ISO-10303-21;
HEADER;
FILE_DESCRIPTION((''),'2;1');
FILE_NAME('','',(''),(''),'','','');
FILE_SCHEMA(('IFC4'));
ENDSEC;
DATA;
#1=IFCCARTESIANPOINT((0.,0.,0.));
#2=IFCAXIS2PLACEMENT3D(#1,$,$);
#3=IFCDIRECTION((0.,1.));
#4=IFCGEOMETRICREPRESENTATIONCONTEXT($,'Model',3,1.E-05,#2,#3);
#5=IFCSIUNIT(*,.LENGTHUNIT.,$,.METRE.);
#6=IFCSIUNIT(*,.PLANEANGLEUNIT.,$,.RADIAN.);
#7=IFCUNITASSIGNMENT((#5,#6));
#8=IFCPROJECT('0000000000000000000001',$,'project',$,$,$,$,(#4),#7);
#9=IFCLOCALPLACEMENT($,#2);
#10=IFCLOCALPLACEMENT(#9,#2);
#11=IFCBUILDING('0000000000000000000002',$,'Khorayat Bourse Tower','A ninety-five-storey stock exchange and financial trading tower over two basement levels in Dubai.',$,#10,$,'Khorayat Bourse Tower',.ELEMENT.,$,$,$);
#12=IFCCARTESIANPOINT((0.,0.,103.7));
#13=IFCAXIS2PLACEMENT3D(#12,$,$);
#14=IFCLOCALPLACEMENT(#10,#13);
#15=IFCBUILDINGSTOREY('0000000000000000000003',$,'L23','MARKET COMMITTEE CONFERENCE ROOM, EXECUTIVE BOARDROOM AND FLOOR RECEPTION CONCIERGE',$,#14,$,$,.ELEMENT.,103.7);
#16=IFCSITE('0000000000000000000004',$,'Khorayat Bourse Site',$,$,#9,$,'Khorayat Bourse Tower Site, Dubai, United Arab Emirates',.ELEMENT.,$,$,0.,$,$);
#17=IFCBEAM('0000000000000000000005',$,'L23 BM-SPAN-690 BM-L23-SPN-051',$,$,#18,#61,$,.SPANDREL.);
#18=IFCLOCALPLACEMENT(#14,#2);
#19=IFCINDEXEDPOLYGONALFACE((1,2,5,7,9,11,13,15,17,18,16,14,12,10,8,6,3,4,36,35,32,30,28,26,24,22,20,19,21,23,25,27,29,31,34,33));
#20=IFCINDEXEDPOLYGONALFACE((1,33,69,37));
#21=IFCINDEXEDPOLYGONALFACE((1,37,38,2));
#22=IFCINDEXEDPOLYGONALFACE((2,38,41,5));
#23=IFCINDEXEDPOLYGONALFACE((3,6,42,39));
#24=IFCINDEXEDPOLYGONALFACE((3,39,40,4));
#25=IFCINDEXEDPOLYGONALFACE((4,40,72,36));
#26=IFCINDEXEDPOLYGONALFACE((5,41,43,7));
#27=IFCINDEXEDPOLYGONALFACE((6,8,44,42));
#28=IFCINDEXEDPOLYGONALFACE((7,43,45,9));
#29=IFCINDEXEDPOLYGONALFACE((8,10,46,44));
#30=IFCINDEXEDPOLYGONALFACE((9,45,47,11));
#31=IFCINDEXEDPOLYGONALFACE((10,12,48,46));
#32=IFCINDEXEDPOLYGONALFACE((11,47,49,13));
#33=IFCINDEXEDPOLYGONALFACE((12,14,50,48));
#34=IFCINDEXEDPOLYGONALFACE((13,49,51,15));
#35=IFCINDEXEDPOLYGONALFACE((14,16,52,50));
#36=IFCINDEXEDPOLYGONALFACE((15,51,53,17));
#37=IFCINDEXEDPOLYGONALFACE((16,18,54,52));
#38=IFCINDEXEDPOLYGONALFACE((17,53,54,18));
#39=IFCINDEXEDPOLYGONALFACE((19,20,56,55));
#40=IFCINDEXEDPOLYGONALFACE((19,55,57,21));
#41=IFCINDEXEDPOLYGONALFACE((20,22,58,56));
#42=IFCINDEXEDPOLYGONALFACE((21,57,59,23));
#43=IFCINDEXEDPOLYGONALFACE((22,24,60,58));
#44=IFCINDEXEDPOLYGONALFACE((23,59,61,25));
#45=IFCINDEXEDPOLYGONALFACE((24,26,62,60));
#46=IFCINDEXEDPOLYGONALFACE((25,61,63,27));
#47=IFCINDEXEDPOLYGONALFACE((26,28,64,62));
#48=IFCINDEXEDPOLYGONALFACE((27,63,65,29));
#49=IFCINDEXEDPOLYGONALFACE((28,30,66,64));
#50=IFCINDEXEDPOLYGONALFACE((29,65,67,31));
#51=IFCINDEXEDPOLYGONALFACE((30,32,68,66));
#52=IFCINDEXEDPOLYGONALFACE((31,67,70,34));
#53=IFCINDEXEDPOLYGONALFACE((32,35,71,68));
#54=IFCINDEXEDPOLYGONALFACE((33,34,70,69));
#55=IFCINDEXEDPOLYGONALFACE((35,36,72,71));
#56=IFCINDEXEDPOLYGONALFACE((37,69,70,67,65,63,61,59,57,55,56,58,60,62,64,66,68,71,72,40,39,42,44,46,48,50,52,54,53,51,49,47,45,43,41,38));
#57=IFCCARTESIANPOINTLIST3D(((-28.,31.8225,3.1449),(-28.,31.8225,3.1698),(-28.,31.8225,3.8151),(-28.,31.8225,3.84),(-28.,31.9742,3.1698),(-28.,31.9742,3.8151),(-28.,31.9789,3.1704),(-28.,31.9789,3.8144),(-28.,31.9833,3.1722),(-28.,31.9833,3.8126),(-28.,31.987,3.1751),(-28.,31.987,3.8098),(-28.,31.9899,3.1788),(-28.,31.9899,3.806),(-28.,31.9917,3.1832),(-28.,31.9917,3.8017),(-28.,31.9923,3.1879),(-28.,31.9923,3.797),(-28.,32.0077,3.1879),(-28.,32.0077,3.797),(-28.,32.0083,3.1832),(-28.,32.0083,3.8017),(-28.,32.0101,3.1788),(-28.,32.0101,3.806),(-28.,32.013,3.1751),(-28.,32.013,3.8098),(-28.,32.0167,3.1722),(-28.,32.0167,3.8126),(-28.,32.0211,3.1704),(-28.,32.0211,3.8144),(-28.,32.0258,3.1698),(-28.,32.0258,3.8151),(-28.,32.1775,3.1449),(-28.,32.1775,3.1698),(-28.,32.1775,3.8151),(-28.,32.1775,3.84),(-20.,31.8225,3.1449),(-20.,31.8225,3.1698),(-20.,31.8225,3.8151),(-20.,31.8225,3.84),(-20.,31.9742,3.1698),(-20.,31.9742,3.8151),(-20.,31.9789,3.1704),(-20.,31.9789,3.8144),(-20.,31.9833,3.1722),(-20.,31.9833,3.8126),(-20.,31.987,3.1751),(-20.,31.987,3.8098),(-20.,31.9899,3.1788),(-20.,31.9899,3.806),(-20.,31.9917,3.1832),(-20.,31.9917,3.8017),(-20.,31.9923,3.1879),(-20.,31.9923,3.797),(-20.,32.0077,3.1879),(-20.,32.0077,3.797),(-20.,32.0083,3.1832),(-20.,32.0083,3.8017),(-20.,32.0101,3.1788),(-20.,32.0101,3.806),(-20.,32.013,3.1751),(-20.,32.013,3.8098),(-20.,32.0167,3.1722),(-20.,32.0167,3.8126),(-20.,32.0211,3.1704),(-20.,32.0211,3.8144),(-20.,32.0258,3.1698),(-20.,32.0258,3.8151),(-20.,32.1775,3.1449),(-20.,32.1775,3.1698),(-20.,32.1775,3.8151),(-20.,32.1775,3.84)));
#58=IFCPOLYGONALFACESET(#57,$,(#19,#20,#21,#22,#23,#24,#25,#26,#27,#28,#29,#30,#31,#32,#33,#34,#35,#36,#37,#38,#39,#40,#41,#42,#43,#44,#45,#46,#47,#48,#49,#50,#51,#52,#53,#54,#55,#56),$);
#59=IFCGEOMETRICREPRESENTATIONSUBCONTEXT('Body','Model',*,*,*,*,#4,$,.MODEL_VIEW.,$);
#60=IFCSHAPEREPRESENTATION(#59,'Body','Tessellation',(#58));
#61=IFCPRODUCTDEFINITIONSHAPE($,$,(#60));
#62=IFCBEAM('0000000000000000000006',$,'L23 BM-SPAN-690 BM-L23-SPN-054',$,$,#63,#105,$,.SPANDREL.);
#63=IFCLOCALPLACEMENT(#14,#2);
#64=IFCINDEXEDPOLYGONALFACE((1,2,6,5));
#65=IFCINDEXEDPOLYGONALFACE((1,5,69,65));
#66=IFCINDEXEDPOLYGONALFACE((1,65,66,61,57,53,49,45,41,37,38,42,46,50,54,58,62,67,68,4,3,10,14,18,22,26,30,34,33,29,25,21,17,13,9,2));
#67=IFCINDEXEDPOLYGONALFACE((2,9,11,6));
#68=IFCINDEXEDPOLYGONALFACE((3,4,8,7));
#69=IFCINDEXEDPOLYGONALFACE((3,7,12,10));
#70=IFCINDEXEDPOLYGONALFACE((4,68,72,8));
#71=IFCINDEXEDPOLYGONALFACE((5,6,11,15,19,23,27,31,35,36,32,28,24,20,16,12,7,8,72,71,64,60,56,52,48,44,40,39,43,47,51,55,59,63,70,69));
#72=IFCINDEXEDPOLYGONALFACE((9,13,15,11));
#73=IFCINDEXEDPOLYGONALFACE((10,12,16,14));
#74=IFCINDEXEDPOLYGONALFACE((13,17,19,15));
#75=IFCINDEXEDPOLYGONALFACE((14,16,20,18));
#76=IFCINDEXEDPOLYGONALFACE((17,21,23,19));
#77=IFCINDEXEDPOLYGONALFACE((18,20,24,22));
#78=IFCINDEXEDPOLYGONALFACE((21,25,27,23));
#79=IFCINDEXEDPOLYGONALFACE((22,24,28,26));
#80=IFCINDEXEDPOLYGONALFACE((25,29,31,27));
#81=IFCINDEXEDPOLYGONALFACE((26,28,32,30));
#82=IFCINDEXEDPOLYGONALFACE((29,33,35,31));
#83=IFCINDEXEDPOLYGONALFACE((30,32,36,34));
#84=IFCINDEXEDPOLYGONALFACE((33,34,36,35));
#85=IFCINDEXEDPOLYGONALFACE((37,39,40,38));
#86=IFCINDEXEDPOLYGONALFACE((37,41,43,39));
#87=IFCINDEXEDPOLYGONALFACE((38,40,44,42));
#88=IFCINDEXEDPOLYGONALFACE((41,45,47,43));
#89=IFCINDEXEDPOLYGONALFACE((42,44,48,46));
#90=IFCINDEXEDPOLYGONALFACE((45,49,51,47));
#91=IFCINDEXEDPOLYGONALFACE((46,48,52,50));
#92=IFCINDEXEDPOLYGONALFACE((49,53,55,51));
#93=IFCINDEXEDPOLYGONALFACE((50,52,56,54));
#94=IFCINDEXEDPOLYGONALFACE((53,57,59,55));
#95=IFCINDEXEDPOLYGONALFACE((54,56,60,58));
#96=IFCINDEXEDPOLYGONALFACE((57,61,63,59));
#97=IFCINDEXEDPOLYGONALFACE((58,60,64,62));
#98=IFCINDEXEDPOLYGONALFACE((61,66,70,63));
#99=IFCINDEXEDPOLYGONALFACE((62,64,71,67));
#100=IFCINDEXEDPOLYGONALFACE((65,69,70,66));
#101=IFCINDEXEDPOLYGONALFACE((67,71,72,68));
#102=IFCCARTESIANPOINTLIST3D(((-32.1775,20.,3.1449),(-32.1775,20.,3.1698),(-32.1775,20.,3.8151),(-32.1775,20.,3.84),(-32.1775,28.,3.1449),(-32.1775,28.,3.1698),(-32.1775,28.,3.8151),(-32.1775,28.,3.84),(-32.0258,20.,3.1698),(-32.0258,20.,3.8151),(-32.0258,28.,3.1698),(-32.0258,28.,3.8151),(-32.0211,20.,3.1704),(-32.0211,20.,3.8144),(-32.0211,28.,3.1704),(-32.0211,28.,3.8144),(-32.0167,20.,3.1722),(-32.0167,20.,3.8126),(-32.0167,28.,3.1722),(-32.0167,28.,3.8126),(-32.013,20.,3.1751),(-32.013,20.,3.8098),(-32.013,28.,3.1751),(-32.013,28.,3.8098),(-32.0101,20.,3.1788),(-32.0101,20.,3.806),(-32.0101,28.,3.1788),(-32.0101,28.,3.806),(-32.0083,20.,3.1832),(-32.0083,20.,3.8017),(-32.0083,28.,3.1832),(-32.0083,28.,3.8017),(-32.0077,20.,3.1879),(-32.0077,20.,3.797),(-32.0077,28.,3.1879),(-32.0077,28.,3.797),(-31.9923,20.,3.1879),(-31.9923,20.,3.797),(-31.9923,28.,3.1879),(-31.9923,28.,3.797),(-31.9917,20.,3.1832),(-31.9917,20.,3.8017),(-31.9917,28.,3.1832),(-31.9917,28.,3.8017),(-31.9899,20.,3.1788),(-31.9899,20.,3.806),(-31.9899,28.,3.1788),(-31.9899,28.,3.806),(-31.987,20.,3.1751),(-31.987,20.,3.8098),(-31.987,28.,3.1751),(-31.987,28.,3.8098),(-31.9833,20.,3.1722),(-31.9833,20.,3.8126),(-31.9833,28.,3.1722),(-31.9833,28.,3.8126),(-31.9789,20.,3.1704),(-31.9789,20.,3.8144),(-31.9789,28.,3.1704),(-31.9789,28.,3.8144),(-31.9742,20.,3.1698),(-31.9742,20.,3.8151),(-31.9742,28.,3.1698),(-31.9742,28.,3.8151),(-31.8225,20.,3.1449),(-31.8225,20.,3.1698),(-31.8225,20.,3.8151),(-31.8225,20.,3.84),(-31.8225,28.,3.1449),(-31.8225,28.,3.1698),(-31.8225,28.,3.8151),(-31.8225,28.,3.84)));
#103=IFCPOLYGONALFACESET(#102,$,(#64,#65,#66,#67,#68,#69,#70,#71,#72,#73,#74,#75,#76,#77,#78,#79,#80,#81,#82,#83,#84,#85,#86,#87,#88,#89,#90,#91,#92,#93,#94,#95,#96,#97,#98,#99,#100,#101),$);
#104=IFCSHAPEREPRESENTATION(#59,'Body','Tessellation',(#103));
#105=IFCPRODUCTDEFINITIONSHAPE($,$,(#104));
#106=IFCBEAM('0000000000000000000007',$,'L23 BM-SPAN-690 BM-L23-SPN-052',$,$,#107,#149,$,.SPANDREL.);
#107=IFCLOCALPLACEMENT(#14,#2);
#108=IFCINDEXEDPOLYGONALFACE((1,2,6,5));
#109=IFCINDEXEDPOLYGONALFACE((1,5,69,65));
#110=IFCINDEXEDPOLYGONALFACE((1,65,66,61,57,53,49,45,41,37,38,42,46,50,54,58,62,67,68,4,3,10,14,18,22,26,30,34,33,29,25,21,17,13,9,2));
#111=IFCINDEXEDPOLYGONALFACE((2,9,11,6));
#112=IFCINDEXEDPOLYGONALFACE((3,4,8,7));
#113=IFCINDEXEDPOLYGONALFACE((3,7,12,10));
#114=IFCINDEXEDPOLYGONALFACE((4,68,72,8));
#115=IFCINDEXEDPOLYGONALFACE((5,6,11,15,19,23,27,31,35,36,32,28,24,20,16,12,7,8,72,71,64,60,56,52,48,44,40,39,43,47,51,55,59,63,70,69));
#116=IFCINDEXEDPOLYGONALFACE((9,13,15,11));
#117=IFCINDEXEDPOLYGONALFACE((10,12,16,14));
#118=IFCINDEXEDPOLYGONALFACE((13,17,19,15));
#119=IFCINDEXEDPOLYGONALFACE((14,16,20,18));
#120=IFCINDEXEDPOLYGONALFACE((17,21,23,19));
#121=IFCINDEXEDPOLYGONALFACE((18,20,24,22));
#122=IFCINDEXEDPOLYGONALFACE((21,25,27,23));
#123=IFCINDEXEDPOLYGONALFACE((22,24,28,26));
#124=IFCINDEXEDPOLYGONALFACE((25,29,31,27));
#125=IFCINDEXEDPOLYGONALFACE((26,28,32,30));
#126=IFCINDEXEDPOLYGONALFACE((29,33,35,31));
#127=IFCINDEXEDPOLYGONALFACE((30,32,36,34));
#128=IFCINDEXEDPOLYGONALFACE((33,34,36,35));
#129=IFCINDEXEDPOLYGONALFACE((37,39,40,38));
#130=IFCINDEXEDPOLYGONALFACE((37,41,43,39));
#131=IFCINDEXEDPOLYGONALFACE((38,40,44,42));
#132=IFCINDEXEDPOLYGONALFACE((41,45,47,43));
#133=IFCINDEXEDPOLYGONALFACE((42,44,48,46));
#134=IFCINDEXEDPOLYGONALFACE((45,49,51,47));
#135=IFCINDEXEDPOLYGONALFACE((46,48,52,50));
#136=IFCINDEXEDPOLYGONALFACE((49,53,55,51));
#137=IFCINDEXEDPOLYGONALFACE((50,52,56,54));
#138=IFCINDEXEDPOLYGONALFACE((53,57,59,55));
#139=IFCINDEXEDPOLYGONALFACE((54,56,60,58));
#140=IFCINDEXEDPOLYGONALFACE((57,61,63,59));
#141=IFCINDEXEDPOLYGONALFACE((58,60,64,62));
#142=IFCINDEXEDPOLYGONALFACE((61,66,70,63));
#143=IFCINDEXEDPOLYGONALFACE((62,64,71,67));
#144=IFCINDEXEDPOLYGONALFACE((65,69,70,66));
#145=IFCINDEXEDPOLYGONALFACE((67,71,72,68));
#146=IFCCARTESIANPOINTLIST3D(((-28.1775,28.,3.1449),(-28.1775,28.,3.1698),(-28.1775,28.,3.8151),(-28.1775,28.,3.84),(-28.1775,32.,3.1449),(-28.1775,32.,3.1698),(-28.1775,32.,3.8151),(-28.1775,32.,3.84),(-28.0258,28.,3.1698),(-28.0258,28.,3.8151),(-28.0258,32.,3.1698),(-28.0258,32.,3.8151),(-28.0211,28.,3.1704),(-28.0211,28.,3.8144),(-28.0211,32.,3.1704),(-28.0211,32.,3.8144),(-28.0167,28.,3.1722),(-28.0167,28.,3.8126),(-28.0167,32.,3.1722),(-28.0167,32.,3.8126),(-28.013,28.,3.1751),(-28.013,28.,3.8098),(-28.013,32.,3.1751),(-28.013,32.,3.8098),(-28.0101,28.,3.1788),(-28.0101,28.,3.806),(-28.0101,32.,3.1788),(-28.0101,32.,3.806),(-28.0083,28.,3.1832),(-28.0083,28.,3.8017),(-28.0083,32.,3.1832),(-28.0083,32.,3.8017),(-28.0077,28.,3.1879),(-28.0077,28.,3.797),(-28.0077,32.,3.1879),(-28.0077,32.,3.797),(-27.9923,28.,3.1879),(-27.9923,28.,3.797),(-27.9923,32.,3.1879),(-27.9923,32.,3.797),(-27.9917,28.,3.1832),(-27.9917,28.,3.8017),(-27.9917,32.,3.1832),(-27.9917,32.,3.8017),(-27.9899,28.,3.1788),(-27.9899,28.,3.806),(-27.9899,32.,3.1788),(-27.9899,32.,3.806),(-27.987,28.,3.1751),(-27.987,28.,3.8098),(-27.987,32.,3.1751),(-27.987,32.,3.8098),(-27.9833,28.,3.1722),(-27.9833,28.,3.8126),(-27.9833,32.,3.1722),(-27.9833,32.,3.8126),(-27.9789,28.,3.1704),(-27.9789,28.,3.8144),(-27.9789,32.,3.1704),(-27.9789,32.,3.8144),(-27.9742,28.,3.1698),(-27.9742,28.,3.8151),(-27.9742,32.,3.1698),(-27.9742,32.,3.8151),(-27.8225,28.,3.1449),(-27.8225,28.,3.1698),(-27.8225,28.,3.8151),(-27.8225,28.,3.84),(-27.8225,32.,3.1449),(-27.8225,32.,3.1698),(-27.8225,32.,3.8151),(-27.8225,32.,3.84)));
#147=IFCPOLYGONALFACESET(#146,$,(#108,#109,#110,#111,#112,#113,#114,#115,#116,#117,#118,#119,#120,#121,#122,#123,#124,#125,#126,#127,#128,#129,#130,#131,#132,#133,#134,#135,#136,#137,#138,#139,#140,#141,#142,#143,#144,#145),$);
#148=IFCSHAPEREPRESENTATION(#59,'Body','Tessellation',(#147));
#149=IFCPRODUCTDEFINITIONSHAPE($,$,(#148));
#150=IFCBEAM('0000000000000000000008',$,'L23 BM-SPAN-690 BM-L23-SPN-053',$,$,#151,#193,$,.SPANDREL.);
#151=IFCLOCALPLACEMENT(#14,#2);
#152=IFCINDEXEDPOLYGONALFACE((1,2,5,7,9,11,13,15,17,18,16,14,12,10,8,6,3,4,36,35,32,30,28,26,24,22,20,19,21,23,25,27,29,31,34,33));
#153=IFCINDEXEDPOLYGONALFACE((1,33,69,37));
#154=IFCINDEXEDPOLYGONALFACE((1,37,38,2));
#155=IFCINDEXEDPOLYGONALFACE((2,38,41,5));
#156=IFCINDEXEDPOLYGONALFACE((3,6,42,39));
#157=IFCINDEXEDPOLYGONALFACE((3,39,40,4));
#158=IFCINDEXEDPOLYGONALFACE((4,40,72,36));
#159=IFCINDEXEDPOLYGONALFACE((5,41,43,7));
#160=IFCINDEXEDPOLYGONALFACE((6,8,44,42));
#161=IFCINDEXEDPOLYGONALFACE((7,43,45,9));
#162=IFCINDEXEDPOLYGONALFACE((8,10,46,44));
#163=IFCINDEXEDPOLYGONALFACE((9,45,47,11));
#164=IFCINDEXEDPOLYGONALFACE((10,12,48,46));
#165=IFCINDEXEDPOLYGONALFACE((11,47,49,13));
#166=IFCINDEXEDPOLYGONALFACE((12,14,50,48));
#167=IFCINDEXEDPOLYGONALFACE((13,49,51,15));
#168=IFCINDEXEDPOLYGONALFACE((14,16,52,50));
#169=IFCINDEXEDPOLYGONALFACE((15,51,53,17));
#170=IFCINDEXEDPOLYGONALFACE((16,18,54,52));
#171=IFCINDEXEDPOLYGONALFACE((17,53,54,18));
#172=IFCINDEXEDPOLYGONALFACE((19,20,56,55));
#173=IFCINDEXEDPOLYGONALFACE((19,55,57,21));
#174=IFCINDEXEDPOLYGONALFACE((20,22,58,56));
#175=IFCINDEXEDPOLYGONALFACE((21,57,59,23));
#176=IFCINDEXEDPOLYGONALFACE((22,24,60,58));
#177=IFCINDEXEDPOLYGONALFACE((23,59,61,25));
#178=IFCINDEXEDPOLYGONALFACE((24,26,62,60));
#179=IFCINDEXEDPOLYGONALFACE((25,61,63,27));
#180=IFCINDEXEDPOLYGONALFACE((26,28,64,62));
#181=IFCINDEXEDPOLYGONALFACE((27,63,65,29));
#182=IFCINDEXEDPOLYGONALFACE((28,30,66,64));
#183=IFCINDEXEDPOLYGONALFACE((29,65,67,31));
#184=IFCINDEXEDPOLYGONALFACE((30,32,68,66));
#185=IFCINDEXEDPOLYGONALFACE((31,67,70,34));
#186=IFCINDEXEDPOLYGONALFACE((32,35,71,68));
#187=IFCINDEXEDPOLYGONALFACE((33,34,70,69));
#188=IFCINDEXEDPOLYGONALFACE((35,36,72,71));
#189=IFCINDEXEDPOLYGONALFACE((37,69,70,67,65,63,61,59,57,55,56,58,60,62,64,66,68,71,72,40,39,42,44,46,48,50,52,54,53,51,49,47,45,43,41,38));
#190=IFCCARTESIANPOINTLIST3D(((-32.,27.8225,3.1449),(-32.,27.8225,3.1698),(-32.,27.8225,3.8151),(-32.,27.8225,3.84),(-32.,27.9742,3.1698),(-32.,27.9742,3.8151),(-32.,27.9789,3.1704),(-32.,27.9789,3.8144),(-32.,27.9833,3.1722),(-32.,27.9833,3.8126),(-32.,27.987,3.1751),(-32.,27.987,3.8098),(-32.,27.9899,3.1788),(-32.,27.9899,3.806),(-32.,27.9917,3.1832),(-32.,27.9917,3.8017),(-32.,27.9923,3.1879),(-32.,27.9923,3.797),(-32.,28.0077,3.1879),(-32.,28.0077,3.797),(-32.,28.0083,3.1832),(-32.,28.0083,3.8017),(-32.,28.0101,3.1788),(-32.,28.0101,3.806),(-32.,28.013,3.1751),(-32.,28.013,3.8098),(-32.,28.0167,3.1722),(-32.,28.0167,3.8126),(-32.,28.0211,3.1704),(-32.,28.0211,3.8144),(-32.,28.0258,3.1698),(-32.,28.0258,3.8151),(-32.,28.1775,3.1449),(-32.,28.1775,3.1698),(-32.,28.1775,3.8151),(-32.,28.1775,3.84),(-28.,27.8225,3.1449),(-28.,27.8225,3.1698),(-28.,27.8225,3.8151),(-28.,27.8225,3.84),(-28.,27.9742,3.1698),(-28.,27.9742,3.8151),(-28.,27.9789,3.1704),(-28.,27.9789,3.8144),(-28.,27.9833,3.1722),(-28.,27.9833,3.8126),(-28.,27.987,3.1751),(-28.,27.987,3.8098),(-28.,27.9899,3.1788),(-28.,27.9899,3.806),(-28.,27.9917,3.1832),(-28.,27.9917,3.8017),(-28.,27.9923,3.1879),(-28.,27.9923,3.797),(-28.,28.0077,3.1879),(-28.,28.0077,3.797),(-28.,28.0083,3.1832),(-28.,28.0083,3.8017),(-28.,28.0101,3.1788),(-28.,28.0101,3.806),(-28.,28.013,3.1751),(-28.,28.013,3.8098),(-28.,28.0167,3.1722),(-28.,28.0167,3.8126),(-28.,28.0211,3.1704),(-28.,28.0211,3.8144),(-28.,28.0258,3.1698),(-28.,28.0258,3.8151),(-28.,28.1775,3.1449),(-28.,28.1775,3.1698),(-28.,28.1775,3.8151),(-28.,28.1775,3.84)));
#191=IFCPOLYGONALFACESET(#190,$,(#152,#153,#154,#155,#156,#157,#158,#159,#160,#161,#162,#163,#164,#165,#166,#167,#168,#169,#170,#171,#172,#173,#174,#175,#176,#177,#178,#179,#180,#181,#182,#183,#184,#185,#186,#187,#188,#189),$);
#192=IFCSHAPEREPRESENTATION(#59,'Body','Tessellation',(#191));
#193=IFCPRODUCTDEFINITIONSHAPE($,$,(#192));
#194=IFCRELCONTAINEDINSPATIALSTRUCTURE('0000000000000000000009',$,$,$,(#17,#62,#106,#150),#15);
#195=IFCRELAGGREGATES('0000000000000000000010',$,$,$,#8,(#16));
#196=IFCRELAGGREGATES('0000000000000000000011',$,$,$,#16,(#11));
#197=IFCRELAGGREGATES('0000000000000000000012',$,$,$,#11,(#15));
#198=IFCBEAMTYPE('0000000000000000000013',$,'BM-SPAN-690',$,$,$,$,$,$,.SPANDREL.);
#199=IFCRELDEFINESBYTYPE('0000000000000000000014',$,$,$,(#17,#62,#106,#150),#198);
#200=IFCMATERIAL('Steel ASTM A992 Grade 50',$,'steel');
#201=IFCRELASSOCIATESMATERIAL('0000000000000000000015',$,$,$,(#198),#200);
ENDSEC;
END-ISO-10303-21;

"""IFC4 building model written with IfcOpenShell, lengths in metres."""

from ifc_helpers import new_model, si_unit, direction, frame, origin, origin_2d, place, context, subcontext, project, spatial, i_section, extrude, source, transform, mapped, material, material_profile, profile_set, type_object, element, save


model = new_model("IFC4")

# Units and contexts
model_context = context("Model", 3, precision=1e-05, world=origin(), true_north=direction((0.0, 1.0)))
body_context = subcontext(model_context, "Body", "Model", "MODEL_VIEW")
ifc_project = project(units=[si_unit("LENGTHUNIT", "METRE"), si_unit("PLANEANGLEUNIT", "RADIAN")], contexts=[model_context])

# Site, building, storey
site_placement = place(None, origin())
site = spatial("IfcSite", under=ifc_project, at=site_placement, Name="Khorayat Bourse Site", LongName="Khorayat Bourse Tower Site, Dubai, United Arab Emirates", CompositionType="ELEMENT", RefElevation=0.0)
building_placement = place(site_placement, origin())
building = spatial("IfcBuilding", under=site, at=building_placement, Name="Khorayat Bourse Tower", Description="A ninety-five-storey stock exchange and financial trading tower over two basement levels in Dubai.", LongName="Khorayat Bourse Tower", CompositionType="ELEMENT")
storey_placement = place(building_placement, frame((0.0, 0.0, 103.7)))
storey = spatial("IfcBuildingStorey", under=building, at=storey_placement, Name="L23", Description="MARKET COMMITTEE CONFERENCE ROOM, EXECUTIVE BOARDROOM AND FLOOR RECEPTION CONCIERGE", CompositionType="ELEMENT", Elevation=103.7)

# Beams
ifc_material_1 = material(Name="Steel ASTM A992 Grade 50", Category="steel")
ifc_material_profile_1 = material_profile(ifc_material_1, i_section(OverallWidth=0.355, OverallDepth=0.6951, WebThickness=0.0154, FlangeThickness=0.0249, FilletRadius=0.0181, at=origin_2d()), Name="W690X217")
ifc_profile_set_1 = profile_set([ifc_material_profile_1], Name="Steel ASTM A992 Grade 50")
beam_type_1 = type_object("IfcBeamType", Name="BM-SPAN-690", PredefinedType="SPANDREL", material=ifc_profile_set_1)
shared_shape_1 = source(origin(), body_context, "Body", "SweptSolid", [
    extrude(i_section(OverallWidth=0.355, OverallDepth=0.6951, WebThickness=0.0154, FlangeThickness=0.0249, FilletRadius=0.0181, at=origin_2d()), origin(), (0.0, 0.0, 1.0), 8.0),
])
for number, where, z_axis, x_axis, name in (
    (1, (-28.0, 32.0, 3.4924), (1.0, 0.0, 0.0), (0.0, 1.0, 0.0), "L23 BM-SPAN-690 BM-L23-SPN-051"),
    (2, (-32.0, 20.0, 3.4924), (0.0, 1.0, 0.0), (-1.0, 0.0, 0.0), "L23 BM-SPAN-690 BM-L23-SPN-054"),
):
    element("IfcBeam", number, at=place(storey_placement, frame(where, z_axis=z_axis, x_axis=x_axis)), inside=storey, type_object=beam_type_1, Name=name, PredefinedType="SPANDREL", context=body_context, shape_type="MappedRepresentation", body=[
        mapped(shared_shape_1, transform((0.0, 0.0, 0.0), scale=1.0)),
    ])
shared_shape_2 = source(origin(), body_context, "Body", "SweptSolid", [
    extrude(i_section(OverallWidth=0.355, OverallDepth=0.6951, WebThickness=0.0154, FlangeThickness=0.0249, FilletRadius=0.0181, at=origin_2d()), origin(), (0.0, 0.0, 1.0), 4.0),
])
for number, where, z_axis, x_axis, name in (
    (3, (-28.0, 28.0, 3.4924), (0.0, 1.0, 0.0), (-1.0, 0.0, 0.0), "L23 BM-SPAN-690 BM-L23-SPN-052"),
    (4, (-32.0, 28.0, 3.4924), (1.0, 0.0, 0.0), (0.0, 1.0, 0.0), "L23 BM-SPAN-690 BM-L23-SPN-053"),
):
    element("IfcBeam", number, at=place(storey_placement, frame(where, z_axis=z_axis, x_axis=x_axis)), inside=storey, type_object=beam_type_1, Name=name, PredefinedType="SPANDREL", context=body_context, shape_type="MappedRepresentation", body=[
        mapped(shared_shape_2, transform((0.0, 0.0, 0.0), scale=1.0)),
    ])

save(model, "model.ifc")
